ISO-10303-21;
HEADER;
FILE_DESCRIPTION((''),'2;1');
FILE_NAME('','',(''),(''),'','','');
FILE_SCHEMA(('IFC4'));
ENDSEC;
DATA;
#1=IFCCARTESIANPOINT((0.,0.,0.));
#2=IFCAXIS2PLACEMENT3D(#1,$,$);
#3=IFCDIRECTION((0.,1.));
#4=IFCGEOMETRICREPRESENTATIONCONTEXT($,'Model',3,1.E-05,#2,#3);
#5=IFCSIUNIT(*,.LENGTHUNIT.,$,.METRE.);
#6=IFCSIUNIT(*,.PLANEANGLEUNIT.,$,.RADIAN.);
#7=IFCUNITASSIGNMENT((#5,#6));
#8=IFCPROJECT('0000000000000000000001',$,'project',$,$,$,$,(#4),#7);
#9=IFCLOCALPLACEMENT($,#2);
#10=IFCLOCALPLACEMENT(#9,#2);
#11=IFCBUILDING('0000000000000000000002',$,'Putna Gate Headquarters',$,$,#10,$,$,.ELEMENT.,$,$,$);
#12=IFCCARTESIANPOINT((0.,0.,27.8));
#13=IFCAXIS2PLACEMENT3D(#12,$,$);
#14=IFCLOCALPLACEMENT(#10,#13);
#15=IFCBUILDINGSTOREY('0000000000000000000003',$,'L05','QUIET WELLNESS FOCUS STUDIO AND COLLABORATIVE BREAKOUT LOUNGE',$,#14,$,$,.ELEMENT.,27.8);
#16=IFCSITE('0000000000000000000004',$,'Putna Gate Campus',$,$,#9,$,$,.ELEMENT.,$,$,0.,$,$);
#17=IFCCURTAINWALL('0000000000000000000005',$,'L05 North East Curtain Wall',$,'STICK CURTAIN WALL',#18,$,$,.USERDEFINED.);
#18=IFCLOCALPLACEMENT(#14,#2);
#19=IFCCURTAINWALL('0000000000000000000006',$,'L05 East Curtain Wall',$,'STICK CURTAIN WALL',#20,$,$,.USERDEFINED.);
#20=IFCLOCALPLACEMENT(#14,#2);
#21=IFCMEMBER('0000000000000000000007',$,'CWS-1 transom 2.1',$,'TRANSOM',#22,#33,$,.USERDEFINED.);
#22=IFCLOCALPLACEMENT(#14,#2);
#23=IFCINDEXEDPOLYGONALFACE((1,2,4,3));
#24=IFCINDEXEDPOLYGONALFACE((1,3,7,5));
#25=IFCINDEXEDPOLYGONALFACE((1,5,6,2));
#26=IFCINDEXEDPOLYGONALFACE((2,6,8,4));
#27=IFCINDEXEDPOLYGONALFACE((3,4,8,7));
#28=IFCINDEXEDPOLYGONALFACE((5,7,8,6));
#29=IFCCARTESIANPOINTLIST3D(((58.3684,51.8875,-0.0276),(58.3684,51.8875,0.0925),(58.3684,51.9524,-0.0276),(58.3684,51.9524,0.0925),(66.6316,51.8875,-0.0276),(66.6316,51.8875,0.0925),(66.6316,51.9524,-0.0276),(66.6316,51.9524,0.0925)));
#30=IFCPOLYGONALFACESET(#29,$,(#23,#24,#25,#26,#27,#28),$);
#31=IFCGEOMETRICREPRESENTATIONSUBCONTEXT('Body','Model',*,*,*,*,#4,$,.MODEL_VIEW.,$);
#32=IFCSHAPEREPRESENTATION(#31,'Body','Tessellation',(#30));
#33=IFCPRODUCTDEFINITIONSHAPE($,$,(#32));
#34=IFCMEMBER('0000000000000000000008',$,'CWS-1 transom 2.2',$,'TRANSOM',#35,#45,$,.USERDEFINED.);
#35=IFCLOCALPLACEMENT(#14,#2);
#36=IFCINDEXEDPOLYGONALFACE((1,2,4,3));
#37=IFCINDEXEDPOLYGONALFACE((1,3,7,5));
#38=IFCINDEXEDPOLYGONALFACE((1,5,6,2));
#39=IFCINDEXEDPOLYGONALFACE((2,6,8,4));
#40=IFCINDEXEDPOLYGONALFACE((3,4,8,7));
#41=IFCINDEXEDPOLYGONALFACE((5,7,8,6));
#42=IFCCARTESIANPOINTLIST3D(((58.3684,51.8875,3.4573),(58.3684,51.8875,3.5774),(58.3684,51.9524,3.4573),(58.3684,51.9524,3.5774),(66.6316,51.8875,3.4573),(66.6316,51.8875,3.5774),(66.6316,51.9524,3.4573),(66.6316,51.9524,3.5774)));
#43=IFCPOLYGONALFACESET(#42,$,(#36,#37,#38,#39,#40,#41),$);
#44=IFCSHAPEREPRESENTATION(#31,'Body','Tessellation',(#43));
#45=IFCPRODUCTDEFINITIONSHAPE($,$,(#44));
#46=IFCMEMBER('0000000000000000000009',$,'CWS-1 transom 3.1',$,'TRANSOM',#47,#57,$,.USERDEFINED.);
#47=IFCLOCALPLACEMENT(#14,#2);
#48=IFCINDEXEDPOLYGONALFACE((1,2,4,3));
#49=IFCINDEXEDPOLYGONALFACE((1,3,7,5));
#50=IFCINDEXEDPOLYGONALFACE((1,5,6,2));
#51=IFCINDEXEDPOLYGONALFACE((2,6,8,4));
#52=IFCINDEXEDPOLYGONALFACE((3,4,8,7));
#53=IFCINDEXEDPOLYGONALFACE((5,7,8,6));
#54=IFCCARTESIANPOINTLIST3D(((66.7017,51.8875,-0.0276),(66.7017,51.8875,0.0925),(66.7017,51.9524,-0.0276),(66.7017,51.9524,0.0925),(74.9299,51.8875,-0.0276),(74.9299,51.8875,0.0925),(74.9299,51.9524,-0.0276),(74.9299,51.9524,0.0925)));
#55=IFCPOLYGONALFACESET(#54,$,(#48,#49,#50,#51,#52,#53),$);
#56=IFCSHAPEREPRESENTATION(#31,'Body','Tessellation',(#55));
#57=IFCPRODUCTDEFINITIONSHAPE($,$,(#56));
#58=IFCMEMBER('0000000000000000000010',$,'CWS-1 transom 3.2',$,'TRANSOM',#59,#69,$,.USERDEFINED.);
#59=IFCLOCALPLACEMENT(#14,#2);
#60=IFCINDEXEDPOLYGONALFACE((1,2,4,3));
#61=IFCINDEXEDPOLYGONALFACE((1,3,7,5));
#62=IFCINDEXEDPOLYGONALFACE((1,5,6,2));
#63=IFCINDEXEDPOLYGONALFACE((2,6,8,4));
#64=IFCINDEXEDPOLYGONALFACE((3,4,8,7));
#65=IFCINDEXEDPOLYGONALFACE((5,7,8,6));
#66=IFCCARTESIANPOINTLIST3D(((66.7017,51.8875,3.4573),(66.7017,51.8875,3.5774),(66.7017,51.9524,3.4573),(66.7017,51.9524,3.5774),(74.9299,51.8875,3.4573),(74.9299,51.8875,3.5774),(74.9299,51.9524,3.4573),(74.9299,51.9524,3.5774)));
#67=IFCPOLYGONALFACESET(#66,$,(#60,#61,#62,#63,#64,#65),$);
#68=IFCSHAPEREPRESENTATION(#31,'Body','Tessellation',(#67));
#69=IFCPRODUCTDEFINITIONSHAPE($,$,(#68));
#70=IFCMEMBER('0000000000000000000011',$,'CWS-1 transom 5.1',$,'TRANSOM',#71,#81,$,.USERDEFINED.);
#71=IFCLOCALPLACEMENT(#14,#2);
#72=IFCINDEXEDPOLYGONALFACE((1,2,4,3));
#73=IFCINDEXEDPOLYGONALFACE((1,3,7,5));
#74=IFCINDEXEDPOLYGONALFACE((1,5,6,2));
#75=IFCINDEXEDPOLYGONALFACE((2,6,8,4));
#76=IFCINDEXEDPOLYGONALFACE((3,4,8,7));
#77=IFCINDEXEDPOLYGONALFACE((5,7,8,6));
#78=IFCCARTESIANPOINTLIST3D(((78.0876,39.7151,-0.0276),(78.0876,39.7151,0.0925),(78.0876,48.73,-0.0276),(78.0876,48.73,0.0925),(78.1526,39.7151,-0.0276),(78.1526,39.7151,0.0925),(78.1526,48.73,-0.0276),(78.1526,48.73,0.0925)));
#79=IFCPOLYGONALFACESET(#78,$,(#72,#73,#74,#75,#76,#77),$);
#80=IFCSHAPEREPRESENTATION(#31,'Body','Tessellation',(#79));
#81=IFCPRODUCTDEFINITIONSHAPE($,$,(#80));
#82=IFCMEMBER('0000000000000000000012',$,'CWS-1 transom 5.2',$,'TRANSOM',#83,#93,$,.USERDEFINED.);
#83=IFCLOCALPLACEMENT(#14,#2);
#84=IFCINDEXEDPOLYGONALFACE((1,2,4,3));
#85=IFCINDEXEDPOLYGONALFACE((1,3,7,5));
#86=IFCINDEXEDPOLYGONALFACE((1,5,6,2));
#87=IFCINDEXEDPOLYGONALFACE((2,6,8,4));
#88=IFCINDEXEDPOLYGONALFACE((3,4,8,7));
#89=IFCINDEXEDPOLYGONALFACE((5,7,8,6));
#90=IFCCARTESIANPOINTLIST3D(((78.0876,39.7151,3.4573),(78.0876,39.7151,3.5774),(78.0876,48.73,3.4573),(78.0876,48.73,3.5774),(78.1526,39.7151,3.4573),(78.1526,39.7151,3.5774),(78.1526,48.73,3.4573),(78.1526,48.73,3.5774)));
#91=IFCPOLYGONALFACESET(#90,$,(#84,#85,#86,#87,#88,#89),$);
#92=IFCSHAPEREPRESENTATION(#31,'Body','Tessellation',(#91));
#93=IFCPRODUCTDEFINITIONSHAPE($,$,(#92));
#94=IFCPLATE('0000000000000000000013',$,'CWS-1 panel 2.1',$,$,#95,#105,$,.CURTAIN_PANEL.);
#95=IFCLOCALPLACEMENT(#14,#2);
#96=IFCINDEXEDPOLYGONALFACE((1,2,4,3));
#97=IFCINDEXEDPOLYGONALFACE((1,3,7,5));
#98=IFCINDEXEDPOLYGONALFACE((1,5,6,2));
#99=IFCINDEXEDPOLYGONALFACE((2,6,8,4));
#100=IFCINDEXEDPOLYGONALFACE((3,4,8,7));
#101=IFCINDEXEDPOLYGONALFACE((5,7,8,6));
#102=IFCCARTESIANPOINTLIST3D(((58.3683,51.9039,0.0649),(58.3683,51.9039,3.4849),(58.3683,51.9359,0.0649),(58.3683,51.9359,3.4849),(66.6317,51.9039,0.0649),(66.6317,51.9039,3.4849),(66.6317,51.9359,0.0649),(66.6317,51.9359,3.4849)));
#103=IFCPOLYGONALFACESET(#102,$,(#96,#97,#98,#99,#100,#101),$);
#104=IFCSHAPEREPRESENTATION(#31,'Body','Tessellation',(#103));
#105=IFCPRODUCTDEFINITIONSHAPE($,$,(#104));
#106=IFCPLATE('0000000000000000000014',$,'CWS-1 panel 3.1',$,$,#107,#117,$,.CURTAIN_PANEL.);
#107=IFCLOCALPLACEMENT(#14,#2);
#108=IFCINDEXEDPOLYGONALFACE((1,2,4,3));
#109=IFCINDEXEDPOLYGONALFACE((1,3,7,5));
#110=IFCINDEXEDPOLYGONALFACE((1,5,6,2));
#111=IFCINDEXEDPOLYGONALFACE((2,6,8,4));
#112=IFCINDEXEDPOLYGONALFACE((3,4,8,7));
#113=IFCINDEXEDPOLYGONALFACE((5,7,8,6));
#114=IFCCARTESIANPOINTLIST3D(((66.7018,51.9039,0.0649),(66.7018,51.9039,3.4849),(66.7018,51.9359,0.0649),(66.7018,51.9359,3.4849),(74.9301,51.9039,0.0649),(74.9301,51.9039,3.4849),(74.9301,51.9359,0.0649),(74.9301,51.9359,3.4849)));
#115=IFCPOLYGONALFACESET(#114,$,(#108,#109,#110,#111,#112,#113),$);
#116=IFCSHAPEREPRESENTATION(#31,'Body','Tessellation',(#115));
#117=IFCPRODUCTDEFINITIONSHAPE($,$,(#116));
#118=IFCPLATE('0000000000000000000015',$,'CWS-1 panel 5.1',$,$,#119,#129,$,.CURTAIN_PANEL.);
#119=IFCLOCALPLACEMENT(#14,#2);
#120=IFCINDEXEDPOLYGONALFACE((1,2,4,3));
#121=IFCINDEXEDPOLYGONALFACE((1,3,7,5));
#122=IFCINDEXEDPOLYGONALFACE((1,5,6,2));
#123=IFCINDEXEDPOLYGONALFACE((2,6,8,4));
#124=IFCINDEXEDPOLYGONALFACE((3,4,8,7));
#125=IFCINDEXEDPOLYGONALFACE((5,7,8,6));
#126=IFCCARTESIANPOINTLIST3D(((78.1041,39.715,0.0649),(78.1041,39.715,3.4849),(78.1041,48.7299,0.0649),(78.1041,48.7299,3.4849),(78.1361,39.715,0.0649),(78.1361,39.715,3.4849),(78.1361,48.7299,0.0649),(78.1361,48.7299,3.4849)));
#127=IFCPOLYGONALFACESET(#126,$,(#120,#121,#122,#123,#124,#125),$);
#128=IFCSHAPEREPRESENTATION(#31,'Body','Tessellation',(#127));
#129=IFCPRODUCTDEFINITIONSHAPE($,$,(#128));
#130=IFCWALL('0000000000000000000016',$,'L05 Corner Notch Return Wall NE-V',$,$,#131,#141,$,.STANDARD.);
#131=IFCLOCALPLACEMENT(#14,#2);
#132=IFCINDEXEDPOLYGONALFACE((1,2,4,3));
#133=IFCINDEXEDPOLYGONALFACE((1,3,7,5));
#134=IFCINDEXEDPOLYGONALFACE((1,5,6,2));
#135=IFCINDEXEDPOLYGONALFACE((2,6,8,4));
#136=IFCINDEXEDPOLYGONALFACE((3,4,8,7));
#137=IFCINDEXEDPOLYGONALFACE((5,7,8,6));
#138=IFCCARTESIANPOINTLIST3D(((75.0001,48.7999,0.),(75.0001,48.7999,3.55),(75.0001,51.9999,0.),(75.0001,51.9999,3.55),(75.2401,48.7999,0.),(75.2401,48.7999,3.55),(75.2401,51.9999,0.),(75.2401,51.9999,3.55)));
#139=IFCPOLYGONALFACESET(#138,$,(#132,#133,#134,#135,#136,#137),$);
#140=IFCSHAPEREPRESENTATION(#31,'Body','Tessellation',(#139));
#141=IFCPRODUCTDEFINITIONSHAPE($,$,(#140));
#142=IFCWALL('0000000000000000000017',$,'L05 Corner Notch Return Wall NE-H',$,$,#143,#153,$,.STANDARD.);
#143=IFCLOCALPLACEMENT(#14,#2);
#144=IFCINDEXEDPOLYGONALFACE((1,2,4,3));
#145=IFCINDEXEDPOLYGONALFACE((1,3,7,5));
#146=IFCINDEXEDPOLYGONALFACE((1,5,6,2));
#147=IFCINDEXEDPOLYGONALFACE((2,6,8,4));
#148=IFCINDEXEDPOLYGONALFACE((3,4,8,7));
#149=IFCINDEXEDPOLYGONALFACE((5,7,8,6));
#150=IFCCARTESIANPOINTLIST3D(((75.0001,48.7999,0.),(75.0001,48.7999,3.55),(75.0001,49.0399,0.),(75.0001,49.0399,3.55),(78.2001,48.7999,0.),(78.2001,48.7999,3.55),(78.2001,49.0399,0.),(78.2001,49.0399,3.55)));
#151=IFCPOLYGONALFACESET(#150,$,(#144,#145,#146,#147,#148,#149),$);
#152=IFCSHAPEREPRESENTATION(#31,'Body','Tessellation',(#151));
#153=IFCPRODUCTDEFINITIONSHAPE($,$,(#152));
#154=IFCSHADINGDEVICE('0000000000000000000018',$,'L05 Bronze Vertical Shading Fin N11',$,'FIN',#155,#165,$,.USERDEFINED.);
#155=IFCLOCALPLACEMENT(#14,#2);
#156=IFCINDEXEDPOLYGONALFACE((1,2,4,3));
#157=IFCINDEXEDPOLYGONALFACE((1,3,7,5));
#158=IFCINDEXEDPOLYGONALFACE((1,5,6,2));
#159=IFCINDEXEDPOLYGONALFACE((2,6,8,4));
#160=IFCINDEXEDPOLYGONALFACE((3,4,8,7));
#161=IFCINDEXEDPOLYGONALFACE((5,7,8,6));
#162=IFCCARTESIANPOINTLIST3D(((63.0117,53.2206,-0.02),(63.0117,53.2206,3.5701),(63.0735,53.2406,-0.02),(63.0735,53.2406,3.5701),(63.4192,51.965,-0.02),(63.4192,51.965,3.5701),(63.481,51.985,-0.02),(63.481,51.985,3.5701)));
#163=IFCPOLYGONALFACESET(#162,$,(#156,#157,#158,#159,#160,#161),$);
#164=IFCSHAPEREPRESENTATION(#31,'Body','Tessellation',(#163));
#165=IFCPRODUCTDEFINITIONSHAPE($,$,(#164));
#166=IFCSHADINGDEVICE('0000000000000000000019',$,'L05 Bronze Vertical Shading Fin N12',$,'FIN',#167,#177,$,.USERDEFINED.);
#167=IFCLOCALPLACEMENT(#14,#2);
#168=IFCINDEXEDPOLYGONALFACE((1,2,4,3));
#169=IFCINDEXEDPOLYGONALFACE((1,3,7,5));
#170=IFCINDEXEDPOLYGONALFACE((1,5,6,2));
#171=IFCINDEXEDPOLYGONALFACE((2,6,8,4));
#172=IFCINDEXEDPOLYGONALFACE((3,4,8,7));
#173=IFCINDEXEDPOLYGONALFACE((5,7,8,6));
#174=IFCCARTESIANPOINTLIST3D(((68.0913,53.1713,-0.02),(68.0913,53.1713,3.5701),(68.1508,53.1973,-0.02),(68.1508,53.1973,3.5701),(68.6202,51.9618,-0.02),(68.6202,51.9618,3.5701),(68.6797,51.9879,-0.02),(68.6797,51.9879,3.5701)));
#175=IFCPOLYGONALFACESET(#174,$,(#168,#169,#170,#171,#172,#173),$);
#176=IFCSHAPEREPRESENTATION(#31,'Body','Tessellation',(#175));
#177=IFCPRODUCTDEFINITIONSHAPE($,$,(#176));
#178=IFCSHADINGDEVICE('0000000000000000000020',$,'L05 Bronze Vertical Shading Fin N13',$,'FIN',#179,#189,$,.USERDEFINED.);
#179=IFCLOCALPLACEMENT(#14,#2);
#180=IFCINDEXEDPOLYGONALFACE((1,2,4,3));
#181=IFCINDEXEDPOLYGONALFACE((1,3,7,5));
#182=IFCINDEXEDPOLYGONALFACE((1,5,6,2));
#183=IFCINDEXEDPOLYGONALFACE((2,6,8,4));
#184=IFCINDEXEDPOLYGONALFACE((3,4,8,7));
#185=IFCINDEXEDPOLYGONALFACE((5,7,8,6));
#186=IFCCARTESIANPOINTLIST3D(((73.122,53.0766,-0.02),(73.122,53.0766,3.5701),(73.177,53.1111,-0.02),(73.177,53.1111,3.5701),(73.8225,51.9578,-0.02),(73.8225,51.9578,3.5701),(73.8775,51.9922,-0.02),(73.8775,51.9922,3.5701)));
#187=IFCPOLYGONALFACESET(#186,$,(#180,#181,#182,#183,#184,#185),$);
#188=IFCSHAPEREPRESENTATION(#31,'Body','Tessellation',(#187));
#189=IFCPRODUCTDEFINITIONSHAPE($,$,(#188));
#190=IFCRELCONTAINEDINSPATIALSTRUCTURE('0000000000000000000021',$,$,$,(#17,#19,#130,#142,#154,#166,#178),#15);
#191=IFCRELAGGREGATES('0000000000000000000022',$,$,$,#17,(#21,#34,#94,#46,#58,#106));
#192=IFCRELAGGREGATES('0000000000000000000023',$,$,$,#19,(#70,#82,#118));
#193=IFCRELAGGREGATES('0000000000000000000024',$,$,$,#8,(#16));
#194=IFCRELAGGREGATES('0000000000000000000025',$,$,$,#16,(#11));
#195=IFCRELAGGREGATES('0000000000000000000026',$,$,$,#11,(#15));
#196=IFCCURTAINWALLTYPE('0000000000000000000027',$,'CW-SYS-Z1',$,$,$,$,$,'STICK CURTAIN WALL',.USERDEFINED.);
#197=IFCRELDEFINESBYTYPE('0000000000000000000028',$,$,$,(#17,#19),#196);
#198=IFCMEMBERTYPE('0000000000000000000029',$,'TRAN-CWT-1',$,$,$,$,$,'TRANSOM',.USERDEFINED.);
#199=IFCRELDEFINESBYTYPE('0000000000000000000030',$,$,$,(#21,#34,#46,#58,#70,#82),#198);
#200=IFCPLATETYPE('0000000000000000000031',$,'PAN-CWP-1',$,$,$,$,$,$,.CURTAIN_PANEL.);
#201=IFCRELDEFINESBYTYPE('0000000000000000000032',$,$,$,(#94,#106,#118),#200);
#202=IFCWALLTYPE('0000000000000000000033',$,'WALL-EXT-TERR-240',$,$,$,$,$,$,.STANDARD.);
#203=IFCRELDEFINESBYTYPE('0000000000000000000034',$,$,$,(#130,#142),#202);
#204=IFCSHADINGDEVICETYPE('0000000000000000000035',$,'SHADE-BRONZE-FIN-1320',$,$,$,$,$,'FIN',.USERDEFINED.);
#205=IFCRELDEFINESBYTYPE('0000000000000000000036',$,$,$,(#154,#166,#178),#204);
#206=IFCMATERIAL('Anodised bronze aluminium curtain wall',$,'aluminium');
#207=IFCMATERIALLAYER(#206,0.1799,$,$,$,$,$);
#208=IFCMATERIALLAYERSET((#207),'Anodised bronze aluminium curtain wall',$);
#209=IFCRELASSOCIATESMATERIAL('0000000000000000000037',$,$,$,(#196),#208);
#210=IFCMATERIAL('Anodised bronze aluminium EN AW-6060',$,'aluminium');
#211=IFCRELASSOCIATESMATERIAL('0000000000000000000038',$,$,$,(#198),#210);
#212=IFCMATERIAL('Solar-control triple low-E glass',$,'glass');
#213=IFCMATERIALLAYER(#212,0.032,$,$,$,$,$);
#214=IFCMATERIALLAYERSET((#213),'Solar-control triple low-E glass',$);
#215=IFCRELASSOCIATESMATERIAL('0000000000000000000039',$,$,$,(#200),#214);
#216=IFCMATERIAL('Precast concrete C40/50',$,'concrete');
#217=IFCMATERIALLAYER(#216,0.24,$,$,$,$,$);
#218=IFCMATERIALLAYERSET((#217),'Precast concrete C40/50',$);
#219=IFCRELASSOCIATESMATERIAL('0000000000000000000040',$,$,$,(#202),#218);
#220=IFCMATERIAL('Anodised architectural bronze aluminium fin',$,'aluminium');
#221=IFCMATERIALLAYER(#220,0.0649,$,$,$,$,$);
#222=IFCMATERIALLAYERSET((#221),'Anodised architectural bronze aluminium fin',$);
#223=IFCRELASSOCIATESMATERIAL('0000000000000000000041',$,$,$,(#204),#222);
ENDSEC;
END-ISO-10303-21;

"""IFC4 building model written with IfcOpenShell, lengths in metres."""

from ifc_helpers import new_model, si_unit, direction, frame, frame_2d, origin, origin_2d, place, context, subcontext, project, spatial, rectangle, extrude, material, layer, layer_set, material_profile, profile_set, type_object, element, aggregate, save


model = new_model("IFC4")

# Units and contexts
model_context = context("Model", 3, precision=1e-05, world=origin(), true_north=direction((0.0, 1.0)))
body_context = subcontext(model_context, "Body", "Model", "MODEL_VIEW")
ifc_project = project(units=[si_unit("LENGTHUNIT", "METRE"), si_unit("PLANEANGLEUNIT", "RADIAN")], contexts=[model_context])

# Site, building, storey
site_placement = place(None, origin())
site = spatial("IfcSite", under=ifc_project, at=site_placement, Name="Putna Gate Campus", CompositionType="ELEMENT", RefElevation=0.0)
building_placement = place(site_placement, origin())
building = spatial("IfcBuilding", under=site, at=building_placement, Name="Putna Gate Headquarters", CompositionType="ELEMENT")
storey_placement = place(building_placement, frame((0.0, 0.0, 27.8)))
storey = spatial("IfcBuildingStorey", under=building, at=storey_placement, Name="L05", Description="QUIET WELLNESS FOCUS STUDIO AND COLLABORATIVE BREAKOUT LOUNGE", CompositionType="ELEMENT", Elevation=27.8)

# Curtain wall
ifc_material_1 = material(Name="Anodised bronze aluminium curtain wall", Category="aluminium")
ifc_layer_1 = layer(ifc_material_1, 0.1799)
ifc_layer_set_1 = layer_set([ifc_layer_1], Name="Anodised bronze aluminium curtain wall")
curtain_wall_type = type_object("IfcCurtainWallType", Name="CW-SYS-Z1", ElementType="STICK CURTAIN WALL", PredefinedType="USERDEFINED", material=ifc_layer_set_1)
curtain_wall_1_placement = place(storey_placement, origin())
curtain_wall_1 = element("IfcCurtainWall", 1, at=curtain_wall_1_placement, inside=storey, type_object=curtain_wall_type, Name="L05 North East Curtain Wall", ObjectType="STICK CURTAIN WALL", PredefinedType="USERDEFINED")
ifc_material_2 = material(Name="Anodised bronze aluminium EN AW-6060", Category="aluminium")

# Curtain wall
curtain_wall_2_placement = place(storey_placement, origin())
curtain_wall_2 = element("IfcCurtainWall", 2, at=curtain_wall_2_placement, inside=storey, type_object=curtain_wall_type, Name="L05 East Curtain Wall", ObjectType="STICK CURTAIN WALL", PredefinedType="USERDEFINED")

# Members
ifc_material_profile_1 = material_profile(ifc_material_2, rectangle(XDim=0.0649, YDim=0.1201, at=origin_2d()), Name="Anodised bronze aluminium EN AW-6060")
ifc_profile_set_1 = profile_set([ifc_material_profile_1], Name="Anodised bronze aluminium EN AW-6060")
member_type_1 = type_object("IfcMemberType", Name="TRAN-CWT-1", ElementType="TRANSOM", PredefinedType="USERDEFINED", material=ifc_profile_set_1)
member_1_placement = place(storey_placement, frame((58.3684, 51.9199, 0.0325), z_axis=(1.0, 0.0, 0.0), x_axis=(0.0, 1.0, 0.0)))
member_1 = element("IfcMember", 3, at=member_1_placement, type_object=member_type_1, Name="CWS-1 transom 2.1", ObjectType="TRANSOM", PredefinedType="USERDEFINED", context=body_context, shape_type="SweptSolid", body=[
    extrude(rectangle(XDim=0.0649, YDim=0.1201, at=origin_2d()), origin(), (0.0, 0.0, 1.0), 8.2632),
])
member_2_placement = place(storey_placement, frame((58.3684, 51.9199, 3.5173), z_axis=(1.0, 0.0, 0.0), x_axis=(0.0, 1.0, 0.0)))
member_2 = element("IfcMember", 4, at=member_2_placement, type_object=member_type_1, Name="CWS-1 transom 2.2", ObjectType="TRANSOM", PredefinedType="USERDEFINED", context=body_context, shape_type="SweptSolid", body=[
    extrude(rectangle(XDim=0.0649, YDim=0.1201, at=origin_2d()), origin(), (0.0, 0.0, 1.0), 8.2632),
])
member_3_placement = place(storey_placement, frame((66.7017, 51.9199, 0.0325), z_axis=(1.0, 0.0, 0.0), x_axis=(0.0, 1.0, 0.0)))
member_3 = element("IfcMember", 5, at=member_3_placement, type_object=member_type_1, Name="CWS-1 transom 3.1", ObjectType="TRANSOM", PredefinedType="USERDEFINED", context=body_context, shape_type="SweptSolid", body=[
    extrude(rectangle(XDim=0.0649, YDim=0.1201, at=origin_2d()), origin(), (0.0, 0.0, 1.0), 8.2283),
])
member_4_placement = place(storey_placement, frame((66.7017, 51.9199, 3.5173), z_axis=(1.0, 0.0, 0.0), x_axis=(0.0, 1.0, 0.0)))
member_4 = element("IfcMember", 6, at=member_4_placement, type_object=member_type_1, Name="CWS-1 transom 3.2", ObjectType="TRANSOM", PredefinedType="USERDEFINED", context=body_context, shape_type="SweptSolid", body=[
    extrude(rectangle(XDim=0.0649, YDim=0.1201, at=origin_2d()), origin(), (0.0, 0.0, 1.0), 8.2283),
])
member_5_placement = place(storey_placement, frame((78.1201, 39.7151, 0.0325), z_axis=(0.0, 1.0, 0.0), x_axis=(-1.0, 0.0, 0.0)))
member_5 = element("IfcMember", 7, at=member_5_placement, type_object=member_type_1, Name="CWS-1 transom 5.1", ObjectType="TRANSOM", PredefinedType="USERDEFINED", context=body_context, shape_type="SweptSolid", body=[
    extrude(rectangle(XDim=0.0649, YDim=0.1201, at=origin_2d()), origin(), (0.0, 0.0, 1.0), 9.0149),
])
member_6_placement = place(storey_placement, frame((78.1201, 39.7151, 3.5173), z_axis=(0.0, 1.0, 0.0), x_axis=(-1.0, 0.0, 0.0)))
member_6 = element("IfcMember", 8, at=member_6_placement, type_object=member_type_1, Name="CWS-1 transom 5.2", ObjectType="TRANSOM", PredefinedType="USERDEFINED", context=body_context, shape_type="SweptSolid", body=[
    extrude(rectangle(XDim=0.0649, YDim=0.1201, at=origin_2d()), origin(), (0.0, 0.0, 1.0), 9.0149),
])

# Plates
ifc_material_3 = material(Name="Solar-control triple low-E glass", Category="glass")
ifc_layer_2 = layer(ifc_material_3, 0.032)
ifc_layer_set_2 = layer_set([ifc_layer_2], Name="Solar-control triple low-E glass")
plate_type = type_object("IfcPlateType", Name="PAN-CWP-1", PredefinedType="CURTAIN_PANEL", material=ifc_layer_set_2)
plate_1_placement = place(storey_placement, frame((62.5, 51.9199, 0.0649), z_axis=(0.0, 0.0, 1.0), x_axis=(1.0, 0.0, 0.0)))
plate_1 = element("IfcPlate", 9, at=plate_1_placement, type_object=plate_type, Name="CWS-1 panel 2.1", PredefinedType="CURTAIN_PANEL", context=body_context, shape_type="SweptSolid", body=[
    extrude(rectangle(XDim=8.2634, YDim=0.032, at=origin_2d()), origin(), (0.0, 0.0, 1.0), 3.4199),
])
plate_2_placement = place(storey_placement, frame((70.8159, 51.9199, 0.0649), z_axis=(0.0, 0.0, 1.0), x_axis=(1.0, 0.0, 0.0)))
plate_2 = element("IfcPlate", 10, at=plate_2_placement, type_object=plate_type, Name="CWS-1 panel 3.1", PredefinedType="CURTAIN_PANEL", context=body_context, shape_type="SweptSolid", body=[
    extrude(rectangle(XDim=8.2283, YDim=0.032, at=origin_2d()), origin(), (0.0, 0.0, 1.0), 3.4199),
])
aggregate(curtain_wall_1, [member_1, member_2, plate_1, member_3, member_4, plate_2])
plate_3_placement = place(storey_placement, frame((78.1201, 44.2224, 0.0649), z_axis=(0.0, 0.0, 1.0), x_axis=(0.0, 1.0, 0.0)))
plate_3 = element("IfcPlate", 11, at=plate_3_placement, type_object=plate_type, Name="CWS-1 panel 5.1", PredefinedType="CURTAIN_PANEL", context=body_context, shape_type="SweptSolid", body=[
    extrude(rectangle(XDim=9.0149, YDim=0.032, at=origin_2d()), origin(), (0.0, 0.0, 1.0), 3.4199),
])
aggregate(curtain_wall_2, [member_5, member_6, plate_3])

# Walls
ifc_material_4 = material(Name="Precast concrete C40/50", Category="concrete")
ifc_layer_3 = layer(ifc_material_4, 0.24)
ifc_layer_set_3 = layer_set([ifc_layer_3], Name="Precast concrete C40/50")
wall_type = type_object("IfcWallType", Name="WALL-EXT-TERR-240", PredefinedType="STANDARD", material=ifc_layer_set_3)
for number, where, z_axis, x_axis, name in (
    (12, (75.1201, 52.0, 0.0), (0.0, 0.0, 1.0), (0.0, -1.0, 0.0), "L05 Corner Notch Return Wall NE-V"),
    (13, (75.0, 48.9199, 0.0), (0.0, 0.0, 1.0), (1.0, 0.0, 0.0), "L05 Corner Notch Return Wall NE-H"),
):
    element("IfcWall", number, at=place(storey_placement, frame(where, z_axis=z_axis, x_axis=x_axis)), inside=storey, type_object=wall_type, Name=name, PredefinedType="STANDARD", context=body_context, shape_type="SweptSolid", body=[
        extrude(rectangle(XDim=3.2, YDim=0.24, at=frame_2d((1.6001, 0.0))), origin(), (0.0, 0.0, 1.0), 3.55),
    ])

# Shading devices
ifc_material_5 = material(Name="Anodised architectural bronze aluminium fin", Category="aluminium")
ifc_layer_4 = layer(ifc_material_5, 0.0649)
ifc_layer_set_4 = layer_set([ifc_layer_4], Name="Anodised architectural bronze aluminium fin")
shading_device_type = type_object("IfcShadingDeviceType", Name="SHADE-BRONZE-FIN-1320", ElementType="FIN", PredefinedType="USERDEFINED", material=ifc_layer_set_4)
for number, where, z_axis, x_axis, name in (
    (14, (63.2463, 52.6028, -0.02), (0.0, 0.0, 1.0), (-0.308685, 0.951164, 0.0), "L05 Bronze Vertical Shading Fin N11"),
    (15, (68.3855, 52.5796, -0.02), (0.0, 0.0, 1.0), (-0.400669, 0.916223, 0.0), "L05 Bronze Vertical Shading Fin N12"),
    (16, (73.4998, 52.5344, -0.02), (0.0, 0.0, 1.0), (-0.530659, 0.847585, 0.0), "L05 Bronze Vertical Shading Fin N13"),
):
    element("IfcShadingDevice", number, at=place(storey_placement, frame(where, z_axis=z_axis, x_axis=x_axis)), inside=storey, type_object=shading_device_type, Name=name, ObjectType="FIN", PredefinedType="USERDEFINED", context=body_context, shape_type="SweptSolid", body=[
        extrude(rectangle(XDim=1.3201, YDim=0.0649, at=origin_2d()), origin(), (0.0, 0.0, 1.0), 3.5901),
    ])

save(model, "model.ifc")
